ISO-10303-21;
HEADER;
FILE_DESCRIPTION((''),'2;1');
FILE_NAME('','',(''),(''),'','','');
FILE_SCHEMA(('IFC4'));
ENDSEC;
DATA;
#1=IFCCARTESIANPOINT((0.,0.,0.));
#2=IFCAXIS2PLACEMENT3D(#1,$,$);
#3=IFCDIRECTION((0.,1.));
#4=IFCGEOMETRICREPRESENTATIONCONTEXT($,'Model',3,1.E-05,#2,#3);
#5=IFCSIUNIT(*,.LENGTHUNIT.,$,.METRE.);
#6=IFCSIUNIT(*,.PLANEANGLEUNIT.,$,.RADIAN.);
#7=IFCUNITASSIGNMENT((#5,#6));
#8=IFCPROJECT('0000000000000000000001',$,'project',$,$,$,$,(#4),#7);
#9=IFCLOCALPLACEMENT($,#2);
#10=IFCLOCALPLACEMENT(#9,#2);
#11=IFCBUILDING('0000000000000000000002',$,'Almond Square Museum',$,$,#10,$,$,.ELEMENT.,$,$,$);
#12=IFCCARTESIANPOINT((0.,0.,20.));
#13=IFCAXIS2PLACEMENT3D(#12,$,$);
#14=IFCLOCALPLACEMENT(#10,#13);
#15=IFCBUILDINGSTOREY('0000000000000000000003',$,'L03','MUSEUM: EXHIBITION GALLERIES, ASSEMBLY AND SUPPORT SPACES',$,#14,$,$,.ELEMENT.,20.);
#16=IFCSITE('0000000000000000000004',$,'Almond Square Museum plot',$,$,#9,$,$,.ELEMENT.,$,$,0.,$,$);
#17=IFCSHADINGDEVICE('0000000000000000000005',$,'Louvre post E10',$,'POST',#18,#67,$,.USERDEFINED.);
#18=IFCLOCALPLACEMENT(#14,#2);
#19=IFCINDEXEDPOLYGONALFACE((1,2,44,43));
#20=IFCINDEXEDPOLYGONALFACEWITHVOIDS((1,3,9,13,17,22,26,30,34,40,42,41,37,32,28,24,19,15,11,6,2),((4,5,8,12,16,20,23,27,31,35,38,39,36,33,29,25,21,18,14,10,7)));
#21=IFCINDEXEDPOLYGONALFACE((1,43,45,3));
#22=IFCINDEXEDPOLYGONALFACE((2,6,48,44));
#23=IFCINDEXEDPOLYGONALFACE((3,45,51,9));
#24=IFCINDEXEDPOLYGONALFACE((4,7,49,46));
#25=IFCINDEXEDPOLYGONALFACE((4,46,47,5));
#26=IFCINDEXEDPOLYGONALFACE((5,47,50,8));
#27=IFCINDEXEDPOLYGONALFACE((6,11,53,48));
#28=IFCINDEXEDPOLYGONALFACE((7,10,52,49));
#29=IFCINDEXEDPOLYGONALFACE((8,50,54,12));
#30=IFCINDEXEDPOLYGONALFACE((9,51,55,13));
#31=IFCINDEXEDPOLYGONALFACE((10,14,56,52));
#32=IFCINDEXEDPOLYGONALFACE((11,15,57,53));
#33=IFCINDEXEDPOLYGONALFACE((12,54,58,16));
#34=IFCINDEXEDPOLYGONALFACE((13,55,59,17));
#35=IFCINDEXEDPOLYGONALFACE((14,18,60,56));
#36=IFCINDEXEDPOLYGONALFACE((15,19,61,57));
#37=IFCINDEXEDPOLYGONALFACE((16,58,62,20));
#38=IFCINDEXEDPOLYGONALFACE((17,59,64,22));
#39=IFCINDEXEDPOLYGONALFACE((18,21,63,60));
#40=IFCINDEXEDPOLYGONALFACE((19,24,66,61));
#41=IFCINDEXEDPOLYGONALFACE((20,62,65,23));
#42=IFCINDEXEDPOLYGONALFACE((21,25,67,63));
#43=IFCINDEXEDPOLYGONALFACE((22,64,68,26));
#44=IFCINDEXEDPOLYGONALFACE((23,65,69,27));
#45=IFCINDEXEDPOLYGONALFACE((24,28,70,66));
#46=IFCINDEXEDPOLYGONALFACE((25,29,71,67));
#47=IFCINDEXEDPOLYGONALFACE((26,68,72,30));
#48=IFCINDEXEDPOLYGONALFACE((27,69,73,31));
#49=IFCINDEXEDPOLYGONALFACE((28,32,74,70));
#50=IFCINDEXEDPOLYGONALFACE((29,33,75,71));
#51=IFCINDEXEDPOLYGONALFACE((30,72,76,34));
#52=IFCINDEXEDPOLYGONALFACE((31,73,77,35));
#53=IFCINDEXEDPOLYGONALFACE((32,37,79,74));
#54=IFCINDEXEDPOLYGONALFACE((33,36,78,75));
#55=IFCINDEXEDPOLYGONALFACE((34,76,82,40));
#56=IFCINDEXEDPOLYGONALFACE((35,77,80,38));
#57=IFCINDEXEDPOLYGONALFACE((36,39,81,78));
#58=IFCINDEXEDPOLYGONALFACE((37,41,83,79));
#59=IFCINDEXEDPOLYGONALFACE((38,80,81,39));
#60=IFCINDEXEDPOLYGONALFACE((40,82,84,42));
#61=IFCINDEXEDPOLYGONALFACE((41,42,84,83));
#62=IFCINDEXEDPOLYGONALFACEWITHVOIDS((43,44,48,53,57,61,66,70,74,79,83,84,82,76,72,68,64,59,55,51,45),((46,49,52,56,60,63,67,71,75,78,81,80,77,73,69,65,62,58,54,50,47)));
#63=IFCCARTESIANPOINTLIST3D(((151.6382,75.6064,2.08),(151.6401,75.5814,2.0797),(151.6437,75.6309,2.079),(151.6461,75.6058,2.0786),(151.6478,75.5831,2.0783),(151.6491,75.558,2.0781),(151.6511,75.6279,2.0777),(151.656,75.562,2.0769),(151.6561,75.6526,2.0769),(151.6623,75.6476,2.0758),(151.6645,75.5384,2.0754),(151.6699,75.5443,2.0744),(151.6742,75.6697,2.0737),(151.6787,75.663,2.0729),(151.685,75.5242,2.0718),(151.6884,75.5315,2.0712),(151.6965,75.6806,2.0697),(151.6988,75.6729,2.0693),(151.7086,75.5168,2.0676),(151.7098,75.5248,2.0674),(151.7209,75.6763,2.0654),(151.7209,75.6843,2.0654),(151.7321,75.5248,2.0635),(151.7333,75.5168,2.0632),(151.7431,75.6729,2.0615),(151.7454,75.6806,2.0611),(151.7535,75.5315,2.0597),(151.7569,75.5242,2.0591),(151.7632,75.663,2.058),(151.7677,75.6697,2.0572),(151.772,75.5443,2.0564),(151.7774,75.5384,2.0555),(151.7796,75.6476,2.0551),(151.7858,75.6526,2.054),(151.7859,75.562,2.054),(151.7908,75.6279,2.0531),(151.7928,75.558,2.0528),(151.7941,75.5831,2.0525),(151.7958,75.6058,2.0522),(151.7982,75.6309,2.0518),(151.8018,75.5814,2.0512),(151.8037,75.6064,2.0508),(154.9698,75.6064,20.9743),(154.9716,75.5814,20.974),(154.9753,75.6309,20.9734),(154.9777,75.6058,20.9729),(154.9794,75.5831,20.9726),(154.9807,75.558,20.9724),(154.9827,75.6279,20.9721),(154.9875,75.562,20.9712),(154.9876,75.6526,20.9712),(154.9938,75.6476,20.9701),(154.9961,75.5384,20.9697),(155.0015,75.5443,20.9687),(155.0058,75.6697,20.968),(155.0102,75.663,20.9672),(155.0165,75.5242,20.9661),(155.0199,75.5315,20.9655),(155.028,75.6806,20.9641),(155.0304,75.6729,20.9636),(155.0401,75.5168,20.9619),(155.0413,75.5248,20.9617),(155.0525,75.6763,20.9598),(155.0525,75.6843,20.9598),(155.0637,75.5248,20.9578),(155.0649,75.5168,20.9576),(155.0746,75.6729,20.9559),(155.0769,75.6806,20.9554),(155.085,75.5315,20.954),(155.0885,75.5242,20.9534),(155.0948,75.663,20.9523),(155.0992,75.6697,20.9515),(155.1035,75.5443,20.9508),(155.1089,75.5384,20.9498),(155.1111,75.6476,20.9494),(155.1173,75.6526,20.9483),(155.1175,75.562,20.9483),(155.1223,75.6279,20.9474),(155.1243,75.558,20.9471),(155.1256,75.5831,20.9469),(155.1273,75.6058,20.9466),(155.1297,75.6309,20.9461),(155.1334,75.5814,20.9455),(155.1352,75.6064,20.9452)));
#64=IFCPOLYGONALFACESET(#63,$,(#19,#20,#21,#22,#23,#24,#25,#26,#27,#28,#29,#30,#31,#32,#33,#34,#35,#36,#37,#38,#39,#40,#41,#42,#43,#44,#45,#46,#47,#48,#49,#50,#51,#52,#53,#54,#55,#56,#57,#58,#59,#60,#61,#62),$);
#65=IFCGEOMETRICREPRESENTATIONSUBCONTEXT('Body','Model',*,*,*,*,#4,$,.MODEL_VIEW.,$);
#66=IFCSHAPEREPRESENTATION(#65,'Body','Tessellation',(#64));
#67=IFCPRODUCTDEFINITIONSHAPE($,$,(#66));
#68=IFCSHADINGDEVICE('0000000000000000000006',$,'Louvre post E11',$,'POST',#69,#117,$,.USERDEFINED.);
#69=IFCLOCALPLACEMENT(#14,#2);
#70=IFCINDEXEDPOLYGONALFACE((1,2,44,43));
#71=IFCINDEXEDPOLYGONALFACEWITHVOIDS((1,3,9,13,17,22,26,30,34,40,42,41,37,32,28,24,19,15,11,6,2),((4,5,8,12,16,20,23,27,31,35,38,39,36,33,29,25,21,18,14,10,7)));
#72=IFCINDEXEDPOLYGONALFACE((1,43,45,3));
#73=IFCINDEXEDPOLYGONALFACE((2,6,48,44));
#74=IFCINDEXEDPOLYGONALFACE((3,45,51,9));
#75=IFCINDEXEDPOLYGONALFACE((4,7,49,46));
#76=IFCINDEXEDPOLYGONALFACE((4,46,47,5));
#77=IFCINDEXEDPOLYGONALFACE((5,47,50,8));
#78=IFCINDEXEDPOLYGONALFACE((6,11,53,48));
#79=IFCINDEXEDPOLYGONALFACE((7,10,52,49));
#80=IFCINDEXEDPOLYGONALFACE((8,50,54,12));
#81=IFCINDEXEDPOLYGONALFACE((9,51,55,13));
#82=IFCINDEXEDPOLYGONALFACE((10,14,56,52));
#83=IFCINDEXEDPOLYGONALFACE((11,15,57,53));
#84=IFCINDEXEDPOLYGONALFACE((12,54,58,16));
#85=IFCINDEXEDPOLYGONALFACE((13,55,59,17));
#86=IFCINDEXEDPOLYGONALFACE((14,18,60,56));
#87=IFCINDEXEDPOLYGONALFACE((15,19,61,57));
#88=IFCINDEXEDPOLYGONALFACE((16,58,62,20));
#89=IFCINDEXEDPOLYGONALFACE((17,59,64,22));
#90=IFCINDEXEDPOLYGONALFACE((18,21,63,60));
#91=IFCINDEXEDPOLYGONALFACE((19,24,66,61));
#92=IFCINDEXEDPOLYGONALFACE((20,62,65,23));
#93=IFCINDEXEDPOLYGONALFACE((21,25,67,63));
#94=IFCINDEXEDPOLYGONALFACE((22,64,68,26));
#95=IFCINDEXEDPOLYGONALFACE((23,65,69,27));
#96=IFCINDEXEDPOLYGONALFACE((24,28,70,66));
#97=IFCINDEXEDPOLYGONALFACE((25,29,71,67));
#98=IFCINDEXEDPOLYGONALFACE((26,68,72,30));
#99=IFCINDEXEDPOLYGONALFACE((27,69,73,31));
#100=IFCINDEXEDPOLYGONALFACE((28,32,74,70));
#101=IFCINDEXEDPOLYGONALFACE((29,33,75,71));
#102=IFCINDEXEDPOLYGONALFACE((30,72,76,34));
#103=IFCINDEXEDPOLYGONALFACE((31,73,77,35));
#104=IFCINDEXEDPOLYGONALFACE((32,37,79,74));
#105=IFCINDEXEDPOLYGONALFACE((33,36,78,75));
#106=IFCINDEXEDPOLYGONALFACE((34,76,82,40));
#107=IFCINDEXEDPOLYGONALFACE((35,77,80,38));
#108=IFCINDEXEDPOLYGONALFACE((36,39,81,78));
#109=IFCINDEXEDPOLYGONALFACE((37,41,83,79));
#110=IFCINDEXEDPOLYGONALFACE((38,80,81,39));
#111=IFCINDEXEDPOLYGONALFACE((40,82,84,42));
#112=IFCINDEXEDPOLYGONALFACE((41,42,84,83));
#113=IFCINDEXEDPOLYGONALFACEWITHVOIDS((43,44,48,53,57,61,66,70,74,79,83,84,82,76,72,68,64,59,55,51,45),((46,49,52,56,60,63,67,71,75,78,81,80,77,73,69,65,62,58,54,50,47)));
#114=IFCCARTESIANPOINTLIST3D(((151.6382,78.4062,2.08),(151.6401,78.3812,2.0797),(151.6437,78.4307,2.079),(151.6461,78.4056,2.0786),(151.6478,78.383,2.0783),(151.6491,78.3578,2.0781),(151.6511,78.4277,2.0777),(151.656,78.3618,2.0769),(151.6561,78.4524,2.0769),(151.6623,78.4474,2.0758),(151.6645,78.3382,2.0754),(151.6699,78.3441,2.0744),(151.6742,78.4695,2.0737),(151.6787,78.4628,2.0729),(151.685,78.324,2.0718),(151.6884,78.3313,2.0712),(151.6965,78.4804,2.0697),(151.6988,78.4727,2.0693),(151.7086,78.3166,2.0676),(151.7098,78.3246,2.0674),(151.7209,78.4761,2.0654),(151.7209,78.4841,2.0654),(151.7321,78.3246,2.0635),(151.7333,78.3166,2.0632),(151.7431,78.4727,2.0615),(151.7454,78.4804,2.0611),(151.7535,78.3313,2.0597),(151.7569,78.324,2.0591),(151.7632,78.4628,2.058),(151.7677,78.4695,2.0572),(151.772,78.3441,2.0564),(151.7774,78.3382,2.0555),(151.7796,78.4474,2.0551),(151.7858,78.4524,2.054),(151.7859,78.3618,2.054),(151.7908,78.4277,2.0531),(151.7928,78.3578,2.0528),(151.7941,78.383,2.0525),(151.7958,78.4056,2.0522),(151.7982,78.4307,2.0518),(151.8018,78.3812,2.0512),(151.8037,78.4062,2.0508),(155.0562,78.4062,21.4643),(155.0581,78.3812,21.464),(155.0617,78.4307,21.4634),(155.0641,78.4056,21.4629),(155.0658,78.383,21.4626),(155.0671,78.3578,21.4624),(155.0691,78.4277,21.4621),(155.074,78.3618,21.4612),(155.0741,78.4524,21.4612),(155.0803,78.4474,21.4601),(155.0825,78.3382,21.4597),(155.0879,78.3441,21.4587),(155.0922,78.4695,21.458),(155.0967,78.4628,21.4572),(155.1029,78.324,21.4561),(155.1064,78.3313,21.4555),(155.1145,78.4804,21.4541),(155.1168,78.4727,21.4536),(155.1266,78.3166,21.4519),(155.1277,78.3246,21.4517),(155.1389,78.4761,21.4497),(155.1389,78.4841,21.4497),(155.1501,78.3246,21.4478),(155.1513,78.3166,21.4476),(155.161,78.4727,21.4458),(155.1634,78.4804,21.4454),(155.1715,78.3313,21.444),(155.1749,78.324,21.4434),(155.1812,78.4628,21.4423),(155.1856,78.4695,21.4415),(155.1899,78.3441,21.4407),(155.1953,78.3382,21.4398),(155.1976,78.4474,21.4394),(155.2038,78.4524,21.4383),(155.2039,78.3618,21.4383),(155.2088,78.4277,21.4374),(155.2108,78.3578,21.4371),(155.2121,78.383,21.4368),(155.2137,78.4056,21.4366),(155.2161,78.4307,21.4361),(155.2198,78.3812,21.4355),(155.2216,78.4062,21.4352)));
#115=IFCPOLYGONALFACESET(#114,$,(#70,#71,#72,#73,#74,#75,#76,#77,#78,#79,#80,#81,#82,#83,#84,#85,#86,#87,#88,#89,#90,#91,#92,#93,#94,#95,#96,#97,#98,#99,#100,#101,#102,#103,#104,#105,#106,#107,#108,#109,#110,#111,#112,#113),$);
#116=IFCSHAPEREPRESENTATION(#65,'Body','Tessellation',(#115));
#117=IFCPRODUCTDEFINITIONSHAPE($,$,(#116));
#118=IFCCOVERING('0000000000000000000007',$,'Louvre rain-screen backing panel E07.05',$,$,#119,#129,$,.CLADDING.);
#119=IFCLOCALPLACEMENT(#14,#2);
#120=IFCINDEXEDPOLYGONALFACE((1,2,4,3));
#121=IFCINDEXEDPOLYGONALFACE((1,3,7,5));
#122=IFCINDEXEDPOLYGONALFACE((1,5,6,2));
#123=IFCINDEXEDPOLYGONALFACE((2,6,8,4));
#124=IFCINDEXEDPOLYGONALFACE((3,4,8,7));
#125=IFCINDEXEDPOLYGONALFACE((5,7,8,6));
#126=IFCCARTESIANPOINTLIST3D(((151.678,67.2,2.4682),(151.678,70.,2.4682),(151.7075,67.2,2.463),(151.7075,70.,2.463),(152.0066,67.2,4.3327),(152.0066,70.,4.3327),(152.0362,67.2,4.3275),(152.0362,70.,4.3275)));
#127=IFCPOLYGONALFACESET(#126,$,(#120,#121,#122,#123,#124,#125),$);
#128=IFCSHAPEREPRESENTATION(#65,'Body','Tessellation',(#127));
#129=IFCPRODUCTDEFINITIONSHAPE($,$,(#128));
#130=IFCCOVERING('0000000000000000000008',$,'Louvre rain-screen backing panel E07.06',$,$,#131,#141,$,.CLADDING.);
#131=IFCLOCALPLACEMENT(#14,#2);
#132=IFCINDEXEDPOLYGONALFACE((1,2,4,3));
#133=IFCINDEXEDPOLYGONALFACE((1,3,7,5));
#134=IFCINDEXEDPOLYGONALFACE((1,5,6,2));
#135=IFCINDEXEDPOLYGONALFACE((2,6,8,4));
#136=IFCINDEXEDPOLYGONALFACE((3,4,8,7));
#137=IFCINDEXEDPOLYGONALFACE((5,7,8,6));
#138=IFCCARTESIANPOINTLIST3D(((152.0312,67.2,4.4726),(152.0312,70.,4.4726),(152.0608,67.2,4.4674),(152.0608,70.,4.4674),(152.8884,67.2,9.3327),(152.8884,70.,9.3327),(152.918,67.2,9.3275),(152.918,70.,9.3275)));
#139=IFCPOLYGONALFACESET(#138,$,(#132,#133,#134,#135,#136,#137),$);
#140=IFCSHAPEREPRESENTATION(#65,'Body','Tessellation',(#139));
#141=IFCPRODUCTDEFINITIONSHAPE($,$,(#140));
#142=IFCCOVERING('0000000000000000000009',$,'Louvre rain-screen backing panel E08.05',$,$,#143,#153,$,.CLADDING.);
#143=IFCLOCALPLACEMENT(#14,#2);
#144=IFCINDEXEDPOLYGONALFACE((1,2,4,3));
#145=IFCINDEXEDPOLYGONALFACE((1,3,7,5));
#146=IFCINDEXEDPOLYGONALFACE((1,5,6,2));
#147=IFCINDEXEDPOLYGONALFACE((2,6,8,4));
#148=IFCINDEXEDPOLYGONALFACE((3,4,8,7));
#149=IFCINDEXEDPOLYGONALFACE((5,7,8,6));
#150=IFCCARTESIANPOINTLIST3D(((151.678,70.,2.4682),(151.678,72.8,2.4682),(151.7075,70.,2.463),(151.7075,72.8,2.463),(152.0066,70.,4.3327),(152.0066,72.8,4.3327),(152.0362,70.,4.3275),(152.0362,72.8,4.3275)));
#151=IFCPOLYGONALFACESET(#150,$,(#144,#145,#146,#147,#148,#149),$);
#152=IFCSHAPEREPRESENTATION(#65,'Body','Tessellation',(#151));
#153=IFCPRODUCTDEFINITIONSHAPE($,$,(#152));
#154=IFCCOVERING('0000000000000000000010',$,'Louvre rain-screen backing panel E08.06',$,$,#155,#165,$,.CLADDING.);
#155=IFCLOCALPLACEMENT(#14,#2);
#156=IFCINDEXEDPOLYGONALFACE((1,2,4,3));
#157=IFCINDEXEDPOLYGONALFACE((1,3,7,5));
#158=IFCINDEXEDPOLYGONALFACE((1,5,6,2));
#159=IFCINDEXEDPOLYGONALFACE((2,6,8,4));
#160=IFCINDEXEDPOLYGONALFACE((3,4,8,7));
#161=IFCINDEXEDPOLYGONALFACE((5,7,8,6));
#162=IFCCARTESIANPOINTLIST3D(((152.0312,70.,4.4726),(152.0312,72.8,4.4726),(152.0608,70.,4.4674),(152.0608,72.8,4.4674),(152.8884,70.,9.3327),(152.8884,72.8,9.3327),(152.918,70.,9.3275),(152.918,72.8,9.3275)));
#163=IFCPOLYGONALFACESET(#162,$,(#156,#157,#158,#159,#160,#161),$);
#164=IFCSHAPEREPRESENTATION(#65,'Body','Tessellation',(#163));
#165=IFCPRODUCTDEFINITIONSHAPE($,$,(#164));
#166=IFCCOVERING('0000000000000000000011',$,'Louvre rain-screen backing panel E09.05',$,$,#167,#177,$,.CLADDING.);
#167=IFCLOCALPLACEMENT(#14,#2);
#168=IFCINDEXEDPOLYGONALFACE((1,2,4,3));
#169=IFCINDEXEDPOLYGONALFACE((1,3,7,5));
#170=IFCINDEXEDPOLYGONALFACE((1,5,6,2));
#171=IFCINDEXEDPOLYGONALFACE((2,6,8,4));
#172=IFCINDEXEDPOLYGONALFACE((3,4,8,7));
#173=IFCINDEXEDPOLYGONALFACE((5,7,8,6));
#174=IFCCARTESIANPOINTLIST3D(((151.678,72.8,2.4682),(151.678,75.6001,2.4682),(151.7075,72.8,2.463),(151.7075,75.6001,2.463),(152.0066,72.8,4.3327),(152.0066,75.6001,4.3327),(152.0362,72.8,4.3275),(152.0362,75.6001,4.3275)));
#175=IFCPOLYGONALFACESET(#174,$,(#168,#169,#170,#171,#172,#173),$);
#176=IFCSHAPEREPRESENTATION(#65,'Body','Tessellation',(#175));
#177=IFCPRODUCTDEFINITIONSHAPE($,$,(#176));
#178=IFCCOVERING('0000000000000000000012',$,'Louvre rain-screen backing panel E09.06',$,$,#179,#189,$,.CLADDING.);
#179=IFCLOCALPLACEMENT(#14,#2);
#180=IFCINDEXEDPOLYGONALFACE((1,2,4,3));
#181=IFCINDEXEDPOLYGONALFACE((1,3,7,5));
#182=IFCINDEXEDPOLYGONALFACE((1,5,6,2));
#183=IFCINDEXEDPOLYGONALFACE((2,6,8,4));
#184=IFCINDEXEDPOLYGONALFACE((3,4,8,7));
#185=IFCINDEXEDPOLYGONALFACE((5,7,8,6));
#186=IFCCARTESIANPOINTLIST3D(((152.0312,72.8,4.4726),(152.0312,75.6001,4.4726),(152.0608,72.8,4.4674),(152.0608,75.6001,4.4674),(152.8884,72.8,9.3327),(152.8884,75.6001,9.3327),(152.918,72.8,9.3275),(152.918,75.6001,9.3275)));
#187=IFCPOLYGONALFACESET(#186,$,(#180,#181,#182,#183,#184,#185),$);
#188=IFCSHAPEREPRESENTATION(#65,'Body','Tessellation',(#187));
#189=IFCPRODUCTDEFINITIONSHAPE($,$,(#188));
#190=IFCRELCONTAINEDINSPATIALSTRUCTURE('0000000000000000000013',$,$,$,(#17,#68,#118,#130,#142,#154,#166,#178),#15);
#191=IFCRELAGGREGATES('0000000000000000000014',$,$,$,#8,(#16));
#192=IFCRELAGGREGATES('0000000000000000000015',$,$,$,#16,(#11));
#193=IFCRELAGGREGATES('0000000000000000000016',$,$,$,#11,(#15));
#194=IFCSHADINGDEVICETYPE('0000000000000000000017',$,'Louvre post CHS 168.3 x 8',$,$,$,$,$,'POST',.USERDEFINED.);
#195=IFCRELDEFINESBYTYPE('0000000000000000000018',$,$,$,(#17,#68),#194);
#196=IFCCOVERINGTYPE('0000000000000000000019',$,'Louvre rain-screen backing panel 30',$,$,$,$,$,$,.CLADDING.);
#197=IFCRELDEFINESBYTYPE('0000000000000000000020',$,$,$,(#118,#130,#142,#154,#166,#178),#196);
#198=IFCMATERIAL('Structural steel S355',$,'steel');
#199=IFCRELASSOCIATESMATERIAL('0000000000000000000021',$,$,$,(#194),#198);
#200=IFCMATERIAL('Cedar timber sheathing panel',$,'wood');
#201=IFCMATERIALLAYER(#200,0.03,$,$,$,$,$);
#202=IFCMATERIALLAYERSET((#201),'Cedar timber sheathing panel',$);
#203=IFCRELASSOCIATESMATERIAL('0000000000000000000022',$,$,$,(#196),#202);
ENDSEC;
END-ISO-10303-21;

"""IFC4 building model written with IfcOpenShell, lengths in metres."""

from ifc_helpers import new_model, si_unit, direction, frame, origin, origin_2d, place, context, subcontext, project, spatial, polyline, hollow_circle, outline, extrude, material, layer, layer_set, material_profile, profile_set, type_object, element, save


model = new_model("IFC4")

# Units and contexts
model_context = context("Model", 3, precision=1e-05, world=origin(), true_north=direction((0.0, 1.0)))
body_context = subcontext(model_context, "Body", "Model", "MODEL_VIEW")
ifc_project = project(units=[si_unit("LENGTHUNIT", "METRE"), si_unit("PLANEANGLEUNIT", "RADIAN")], contexts=[model_context])

# Site, building, storey
site_placement = place(None, origin())
site = spatial("IfcSite", under=ifc_project, at=site_placement, Name="Almond Square Museum plot", CompositionType="ELEMENT", RefElevation=0.0)
building_placement = place(site_placement, origin())
building = spatial("IfcBuilding", under=site, at=building_placement, Name="Almond Square Museum", CompositionType="ELEMENT")
storey_placement = place(building_placement, frame((0.0, 0.0, 20.0)))
storey = spatial("IfcBuildingStorey", under=building, at=storey_placement, Name="L03", Description="MUSEUM: EXHIBITION GALLERIES, ASSEMBLY AND SUPPORT SPACES", CompositionType="ELEMENT", Elevation=20.0)

# Shading devices
ifc_material_1 = material(Name="Structural steel S355", Category="steel")
ifc_material_profile_1 = material_profile(ifc_material_1, hollow_circle(Radius=0.0842, WallThickness=0.0081, at=origin_2d()))
ifc_profile_set_1 = profile_set([ifc_material_profile_1], Name="Structural steel S355")
shading_device_type = type_object("IfcShadingDeviceType", Name="Louvre post CHS 168.3 x 8", ElementType="POST", PredefinedType="USERDEFINED", material=ifc_profile_set_1)
shading_device_1_placement = place(storey_placement, frame((151.7209, 75.6001, 2.0654), z_axis=(0.173647, 0.0, 0.984808), x_axis=(0.0, 1.0, 0.0)))
element("IfcShadingDevice", 1, at=shading_device_1_placement, inside=storey, type_object=shading_device_type, Name="Louvre post E10", ObjectType="POST", PredefinedType="USERDEFINED", context=body_context, shape_type="SweptSolid", body=[
    extrude(hollow_circle(Radius=0.0842, WallThickness=0.0081, at=origin_2d()), origin(), (0.0, 0.0, 1.0), 19.1858),
])
shading_device_2_placement = place(storey_placement, frame((151.7209, 78.3999, 2.0654), z_axis=(0.173648, 0.0, 0.984808), x_axis=(0.0, 1.0, 0.0)))
element("IfcShadingDevice", 2, at=shading_device_2_placement, inside=storey, type_object=shading_device_type, Name="Louvre post E11", ObjectType="POST", PredefinedType="USERDEFINED", context=body_context, shape_type="SweptSolid", body=[
    extrude(hollow_circle(Radius=0.0842, WallThickness=0.0081, at=origin_2d()), origin(), (0.0, 0.0, 1.0), 19.6833),
])

# Coverings
ifc_material_2 = material(Name="Cedar timber sheathing panel", Category="wood")
ifc_layer_1 = layer(ifc_material_2, 0.03)
ifc_layer_set_1 = layer_set([ifc_layer_1], Name="Cedar timber sheathing panel")
covering_type_1 = type_object("IfcCoveringType", Name="Louvre rain-screen backing panel 30", PredefinedType="CLADDING", material=ifc_layer_set_1)
covering_1_placement = place(storey_placement, frame((151.6929, 67.2, 2.4656), z_axis=(0.984821, 0.0, -0.173572), x_axis=(0.0, 1.0, 0.0)))
element("IfcCovering", 3, at=covering_1_placement, inside=storey, type_object=covering_type_1, Name="Louvre rain-screen backing panel E07.05", PredefinedType="CLADDING", context=body_context, shape_type="SweptSolid", body=[
    extrude(outline(polyline([(0.0, 0.0), (2.8, 0.0), (2.8, 1.8932), (0.0, 1.8932), (0.0, 0.0)])), frame((0.0, 0.0, -0.0151)), (0.0, 0.0, 1.0), 0.03),
])
covering_2_placement = place(storey_placement, frame((152.0461, 67.2, 4.47), z_axis=(0.9848, 0.0, -0.173689), x_axis=(0.0, 1.0, 0.0)))
element("IfcCovering", 4, at=covering_2_placement, inside=storey, type_object=covering_type_1, Name="Louvre rain-screen backing panel E07.06", PredefinedType="CLADDING", context=body_context, shape_type="SweptSolid", body=[
    extrude(outline(polyline([(0.0, 0.0), (2.8, 0.0), (2.8, 4.9351), (0.0, 4.9351), (0.0, 0.0)])), frame((0.0, 0.0, -0.0151)), (0.0, 0.0, 1.0), 0.03),
])
covering_3_placement = place(storey_placement, frame((151.6929, 70.0, 2.4656), z_axis=(0.984821, 0.0, -0.173572), x_axis=(0.0, 1.0, 0.0)))
element("IfcCovering", 5, at=covering_3_placement, inside=storey, type_object=covering_type_1, Name="Louvre rain-screen backing panel E08.05", PredefinedType="CLADDING", context=body_context, shape_type="SweptSolid", body=[
    extrude(outline(polyline([(0.0, 0.0), (2.8, 0.0), (2.8, 1.8932), (0.0, 1.8932), (0.0, 0.0)])), frame((0.0, 0.0, -0.0151)), (0.0, 0.0, 1.0), 0.03),
])
covering_4_placement = place(storey_placement, frame((152.0461, 70.0, 4.47), z_axis=(0.9848, 0.0, -0.173689), x_axis=(0.0, 1.0, 0.0)))
element("IfcCovering", 6, at=covering_4_placement, inside=storey, type_object=covering_type_1, Name="Louvre rain-screen backing panel E08.06", PredefinedType="CLADDING", context=body_context, shape_type="SweptSolid", body=[
    extrude(outline(polyline([(0.0, 0.0), (2.8, 0.0), (2.8, 4.9351), (0.0, 4.9351), (0.0, 0.0)])), frame((0.0, 0.0, -0.0151)), (0.0, 0.0, 1.0), 0.03),
])
covering_5_placement = place(storey_placement, frame((151.6929, 72.8, 2.4656), z_axis=(0.984821, 0.0, -0.173572), x_axis=(0.0, 1.0, 0.0)))
element("IfcCovering", 7, at=covering_5_placement, inside=storey, type_object=covering_type_1, Name="Louvre rain-screen backing panel E09.05", PredefinedType="CLADDING", context=body_context, shape_type="SweptSolid", body=[
    extrude(outline(polyline([(0.0, 0.0), (2.8, 0.0), (2.8, 1.8932), (0.0, 1.8932), (0.0, 0.0)])), frame((0.0, 0.0, -0.0151)), (0.0, 0.0, 1.0), 0.03),
])
covering_6_placement = place(storey_placement, frame((152.0461, 72.8, 4.47), z_axis=(0.9848, 0.0, -0.173689), x_axis=(0.0, 1.0, 0.0)))
element("IfcCovering", 8, at=covering_6_placement, inside=storey, type_object=covering_type_1, Name="Louvre rain-screen backing panel E09.06", PredefinedType="CLADDING", context=body_context, shape_type="SweptSolid", body=[
    extrude(outline(polyline([(0.0, 0.0), (2.8, 0.0), (2.8, 4.9351), (0.0, 4.9351), (0.0, 0.0)])), frame((0.0, 0.0, -0.0151)), (0.0, 0.0, 1.0), 0.03),
])

save(model, "model.ifc")
